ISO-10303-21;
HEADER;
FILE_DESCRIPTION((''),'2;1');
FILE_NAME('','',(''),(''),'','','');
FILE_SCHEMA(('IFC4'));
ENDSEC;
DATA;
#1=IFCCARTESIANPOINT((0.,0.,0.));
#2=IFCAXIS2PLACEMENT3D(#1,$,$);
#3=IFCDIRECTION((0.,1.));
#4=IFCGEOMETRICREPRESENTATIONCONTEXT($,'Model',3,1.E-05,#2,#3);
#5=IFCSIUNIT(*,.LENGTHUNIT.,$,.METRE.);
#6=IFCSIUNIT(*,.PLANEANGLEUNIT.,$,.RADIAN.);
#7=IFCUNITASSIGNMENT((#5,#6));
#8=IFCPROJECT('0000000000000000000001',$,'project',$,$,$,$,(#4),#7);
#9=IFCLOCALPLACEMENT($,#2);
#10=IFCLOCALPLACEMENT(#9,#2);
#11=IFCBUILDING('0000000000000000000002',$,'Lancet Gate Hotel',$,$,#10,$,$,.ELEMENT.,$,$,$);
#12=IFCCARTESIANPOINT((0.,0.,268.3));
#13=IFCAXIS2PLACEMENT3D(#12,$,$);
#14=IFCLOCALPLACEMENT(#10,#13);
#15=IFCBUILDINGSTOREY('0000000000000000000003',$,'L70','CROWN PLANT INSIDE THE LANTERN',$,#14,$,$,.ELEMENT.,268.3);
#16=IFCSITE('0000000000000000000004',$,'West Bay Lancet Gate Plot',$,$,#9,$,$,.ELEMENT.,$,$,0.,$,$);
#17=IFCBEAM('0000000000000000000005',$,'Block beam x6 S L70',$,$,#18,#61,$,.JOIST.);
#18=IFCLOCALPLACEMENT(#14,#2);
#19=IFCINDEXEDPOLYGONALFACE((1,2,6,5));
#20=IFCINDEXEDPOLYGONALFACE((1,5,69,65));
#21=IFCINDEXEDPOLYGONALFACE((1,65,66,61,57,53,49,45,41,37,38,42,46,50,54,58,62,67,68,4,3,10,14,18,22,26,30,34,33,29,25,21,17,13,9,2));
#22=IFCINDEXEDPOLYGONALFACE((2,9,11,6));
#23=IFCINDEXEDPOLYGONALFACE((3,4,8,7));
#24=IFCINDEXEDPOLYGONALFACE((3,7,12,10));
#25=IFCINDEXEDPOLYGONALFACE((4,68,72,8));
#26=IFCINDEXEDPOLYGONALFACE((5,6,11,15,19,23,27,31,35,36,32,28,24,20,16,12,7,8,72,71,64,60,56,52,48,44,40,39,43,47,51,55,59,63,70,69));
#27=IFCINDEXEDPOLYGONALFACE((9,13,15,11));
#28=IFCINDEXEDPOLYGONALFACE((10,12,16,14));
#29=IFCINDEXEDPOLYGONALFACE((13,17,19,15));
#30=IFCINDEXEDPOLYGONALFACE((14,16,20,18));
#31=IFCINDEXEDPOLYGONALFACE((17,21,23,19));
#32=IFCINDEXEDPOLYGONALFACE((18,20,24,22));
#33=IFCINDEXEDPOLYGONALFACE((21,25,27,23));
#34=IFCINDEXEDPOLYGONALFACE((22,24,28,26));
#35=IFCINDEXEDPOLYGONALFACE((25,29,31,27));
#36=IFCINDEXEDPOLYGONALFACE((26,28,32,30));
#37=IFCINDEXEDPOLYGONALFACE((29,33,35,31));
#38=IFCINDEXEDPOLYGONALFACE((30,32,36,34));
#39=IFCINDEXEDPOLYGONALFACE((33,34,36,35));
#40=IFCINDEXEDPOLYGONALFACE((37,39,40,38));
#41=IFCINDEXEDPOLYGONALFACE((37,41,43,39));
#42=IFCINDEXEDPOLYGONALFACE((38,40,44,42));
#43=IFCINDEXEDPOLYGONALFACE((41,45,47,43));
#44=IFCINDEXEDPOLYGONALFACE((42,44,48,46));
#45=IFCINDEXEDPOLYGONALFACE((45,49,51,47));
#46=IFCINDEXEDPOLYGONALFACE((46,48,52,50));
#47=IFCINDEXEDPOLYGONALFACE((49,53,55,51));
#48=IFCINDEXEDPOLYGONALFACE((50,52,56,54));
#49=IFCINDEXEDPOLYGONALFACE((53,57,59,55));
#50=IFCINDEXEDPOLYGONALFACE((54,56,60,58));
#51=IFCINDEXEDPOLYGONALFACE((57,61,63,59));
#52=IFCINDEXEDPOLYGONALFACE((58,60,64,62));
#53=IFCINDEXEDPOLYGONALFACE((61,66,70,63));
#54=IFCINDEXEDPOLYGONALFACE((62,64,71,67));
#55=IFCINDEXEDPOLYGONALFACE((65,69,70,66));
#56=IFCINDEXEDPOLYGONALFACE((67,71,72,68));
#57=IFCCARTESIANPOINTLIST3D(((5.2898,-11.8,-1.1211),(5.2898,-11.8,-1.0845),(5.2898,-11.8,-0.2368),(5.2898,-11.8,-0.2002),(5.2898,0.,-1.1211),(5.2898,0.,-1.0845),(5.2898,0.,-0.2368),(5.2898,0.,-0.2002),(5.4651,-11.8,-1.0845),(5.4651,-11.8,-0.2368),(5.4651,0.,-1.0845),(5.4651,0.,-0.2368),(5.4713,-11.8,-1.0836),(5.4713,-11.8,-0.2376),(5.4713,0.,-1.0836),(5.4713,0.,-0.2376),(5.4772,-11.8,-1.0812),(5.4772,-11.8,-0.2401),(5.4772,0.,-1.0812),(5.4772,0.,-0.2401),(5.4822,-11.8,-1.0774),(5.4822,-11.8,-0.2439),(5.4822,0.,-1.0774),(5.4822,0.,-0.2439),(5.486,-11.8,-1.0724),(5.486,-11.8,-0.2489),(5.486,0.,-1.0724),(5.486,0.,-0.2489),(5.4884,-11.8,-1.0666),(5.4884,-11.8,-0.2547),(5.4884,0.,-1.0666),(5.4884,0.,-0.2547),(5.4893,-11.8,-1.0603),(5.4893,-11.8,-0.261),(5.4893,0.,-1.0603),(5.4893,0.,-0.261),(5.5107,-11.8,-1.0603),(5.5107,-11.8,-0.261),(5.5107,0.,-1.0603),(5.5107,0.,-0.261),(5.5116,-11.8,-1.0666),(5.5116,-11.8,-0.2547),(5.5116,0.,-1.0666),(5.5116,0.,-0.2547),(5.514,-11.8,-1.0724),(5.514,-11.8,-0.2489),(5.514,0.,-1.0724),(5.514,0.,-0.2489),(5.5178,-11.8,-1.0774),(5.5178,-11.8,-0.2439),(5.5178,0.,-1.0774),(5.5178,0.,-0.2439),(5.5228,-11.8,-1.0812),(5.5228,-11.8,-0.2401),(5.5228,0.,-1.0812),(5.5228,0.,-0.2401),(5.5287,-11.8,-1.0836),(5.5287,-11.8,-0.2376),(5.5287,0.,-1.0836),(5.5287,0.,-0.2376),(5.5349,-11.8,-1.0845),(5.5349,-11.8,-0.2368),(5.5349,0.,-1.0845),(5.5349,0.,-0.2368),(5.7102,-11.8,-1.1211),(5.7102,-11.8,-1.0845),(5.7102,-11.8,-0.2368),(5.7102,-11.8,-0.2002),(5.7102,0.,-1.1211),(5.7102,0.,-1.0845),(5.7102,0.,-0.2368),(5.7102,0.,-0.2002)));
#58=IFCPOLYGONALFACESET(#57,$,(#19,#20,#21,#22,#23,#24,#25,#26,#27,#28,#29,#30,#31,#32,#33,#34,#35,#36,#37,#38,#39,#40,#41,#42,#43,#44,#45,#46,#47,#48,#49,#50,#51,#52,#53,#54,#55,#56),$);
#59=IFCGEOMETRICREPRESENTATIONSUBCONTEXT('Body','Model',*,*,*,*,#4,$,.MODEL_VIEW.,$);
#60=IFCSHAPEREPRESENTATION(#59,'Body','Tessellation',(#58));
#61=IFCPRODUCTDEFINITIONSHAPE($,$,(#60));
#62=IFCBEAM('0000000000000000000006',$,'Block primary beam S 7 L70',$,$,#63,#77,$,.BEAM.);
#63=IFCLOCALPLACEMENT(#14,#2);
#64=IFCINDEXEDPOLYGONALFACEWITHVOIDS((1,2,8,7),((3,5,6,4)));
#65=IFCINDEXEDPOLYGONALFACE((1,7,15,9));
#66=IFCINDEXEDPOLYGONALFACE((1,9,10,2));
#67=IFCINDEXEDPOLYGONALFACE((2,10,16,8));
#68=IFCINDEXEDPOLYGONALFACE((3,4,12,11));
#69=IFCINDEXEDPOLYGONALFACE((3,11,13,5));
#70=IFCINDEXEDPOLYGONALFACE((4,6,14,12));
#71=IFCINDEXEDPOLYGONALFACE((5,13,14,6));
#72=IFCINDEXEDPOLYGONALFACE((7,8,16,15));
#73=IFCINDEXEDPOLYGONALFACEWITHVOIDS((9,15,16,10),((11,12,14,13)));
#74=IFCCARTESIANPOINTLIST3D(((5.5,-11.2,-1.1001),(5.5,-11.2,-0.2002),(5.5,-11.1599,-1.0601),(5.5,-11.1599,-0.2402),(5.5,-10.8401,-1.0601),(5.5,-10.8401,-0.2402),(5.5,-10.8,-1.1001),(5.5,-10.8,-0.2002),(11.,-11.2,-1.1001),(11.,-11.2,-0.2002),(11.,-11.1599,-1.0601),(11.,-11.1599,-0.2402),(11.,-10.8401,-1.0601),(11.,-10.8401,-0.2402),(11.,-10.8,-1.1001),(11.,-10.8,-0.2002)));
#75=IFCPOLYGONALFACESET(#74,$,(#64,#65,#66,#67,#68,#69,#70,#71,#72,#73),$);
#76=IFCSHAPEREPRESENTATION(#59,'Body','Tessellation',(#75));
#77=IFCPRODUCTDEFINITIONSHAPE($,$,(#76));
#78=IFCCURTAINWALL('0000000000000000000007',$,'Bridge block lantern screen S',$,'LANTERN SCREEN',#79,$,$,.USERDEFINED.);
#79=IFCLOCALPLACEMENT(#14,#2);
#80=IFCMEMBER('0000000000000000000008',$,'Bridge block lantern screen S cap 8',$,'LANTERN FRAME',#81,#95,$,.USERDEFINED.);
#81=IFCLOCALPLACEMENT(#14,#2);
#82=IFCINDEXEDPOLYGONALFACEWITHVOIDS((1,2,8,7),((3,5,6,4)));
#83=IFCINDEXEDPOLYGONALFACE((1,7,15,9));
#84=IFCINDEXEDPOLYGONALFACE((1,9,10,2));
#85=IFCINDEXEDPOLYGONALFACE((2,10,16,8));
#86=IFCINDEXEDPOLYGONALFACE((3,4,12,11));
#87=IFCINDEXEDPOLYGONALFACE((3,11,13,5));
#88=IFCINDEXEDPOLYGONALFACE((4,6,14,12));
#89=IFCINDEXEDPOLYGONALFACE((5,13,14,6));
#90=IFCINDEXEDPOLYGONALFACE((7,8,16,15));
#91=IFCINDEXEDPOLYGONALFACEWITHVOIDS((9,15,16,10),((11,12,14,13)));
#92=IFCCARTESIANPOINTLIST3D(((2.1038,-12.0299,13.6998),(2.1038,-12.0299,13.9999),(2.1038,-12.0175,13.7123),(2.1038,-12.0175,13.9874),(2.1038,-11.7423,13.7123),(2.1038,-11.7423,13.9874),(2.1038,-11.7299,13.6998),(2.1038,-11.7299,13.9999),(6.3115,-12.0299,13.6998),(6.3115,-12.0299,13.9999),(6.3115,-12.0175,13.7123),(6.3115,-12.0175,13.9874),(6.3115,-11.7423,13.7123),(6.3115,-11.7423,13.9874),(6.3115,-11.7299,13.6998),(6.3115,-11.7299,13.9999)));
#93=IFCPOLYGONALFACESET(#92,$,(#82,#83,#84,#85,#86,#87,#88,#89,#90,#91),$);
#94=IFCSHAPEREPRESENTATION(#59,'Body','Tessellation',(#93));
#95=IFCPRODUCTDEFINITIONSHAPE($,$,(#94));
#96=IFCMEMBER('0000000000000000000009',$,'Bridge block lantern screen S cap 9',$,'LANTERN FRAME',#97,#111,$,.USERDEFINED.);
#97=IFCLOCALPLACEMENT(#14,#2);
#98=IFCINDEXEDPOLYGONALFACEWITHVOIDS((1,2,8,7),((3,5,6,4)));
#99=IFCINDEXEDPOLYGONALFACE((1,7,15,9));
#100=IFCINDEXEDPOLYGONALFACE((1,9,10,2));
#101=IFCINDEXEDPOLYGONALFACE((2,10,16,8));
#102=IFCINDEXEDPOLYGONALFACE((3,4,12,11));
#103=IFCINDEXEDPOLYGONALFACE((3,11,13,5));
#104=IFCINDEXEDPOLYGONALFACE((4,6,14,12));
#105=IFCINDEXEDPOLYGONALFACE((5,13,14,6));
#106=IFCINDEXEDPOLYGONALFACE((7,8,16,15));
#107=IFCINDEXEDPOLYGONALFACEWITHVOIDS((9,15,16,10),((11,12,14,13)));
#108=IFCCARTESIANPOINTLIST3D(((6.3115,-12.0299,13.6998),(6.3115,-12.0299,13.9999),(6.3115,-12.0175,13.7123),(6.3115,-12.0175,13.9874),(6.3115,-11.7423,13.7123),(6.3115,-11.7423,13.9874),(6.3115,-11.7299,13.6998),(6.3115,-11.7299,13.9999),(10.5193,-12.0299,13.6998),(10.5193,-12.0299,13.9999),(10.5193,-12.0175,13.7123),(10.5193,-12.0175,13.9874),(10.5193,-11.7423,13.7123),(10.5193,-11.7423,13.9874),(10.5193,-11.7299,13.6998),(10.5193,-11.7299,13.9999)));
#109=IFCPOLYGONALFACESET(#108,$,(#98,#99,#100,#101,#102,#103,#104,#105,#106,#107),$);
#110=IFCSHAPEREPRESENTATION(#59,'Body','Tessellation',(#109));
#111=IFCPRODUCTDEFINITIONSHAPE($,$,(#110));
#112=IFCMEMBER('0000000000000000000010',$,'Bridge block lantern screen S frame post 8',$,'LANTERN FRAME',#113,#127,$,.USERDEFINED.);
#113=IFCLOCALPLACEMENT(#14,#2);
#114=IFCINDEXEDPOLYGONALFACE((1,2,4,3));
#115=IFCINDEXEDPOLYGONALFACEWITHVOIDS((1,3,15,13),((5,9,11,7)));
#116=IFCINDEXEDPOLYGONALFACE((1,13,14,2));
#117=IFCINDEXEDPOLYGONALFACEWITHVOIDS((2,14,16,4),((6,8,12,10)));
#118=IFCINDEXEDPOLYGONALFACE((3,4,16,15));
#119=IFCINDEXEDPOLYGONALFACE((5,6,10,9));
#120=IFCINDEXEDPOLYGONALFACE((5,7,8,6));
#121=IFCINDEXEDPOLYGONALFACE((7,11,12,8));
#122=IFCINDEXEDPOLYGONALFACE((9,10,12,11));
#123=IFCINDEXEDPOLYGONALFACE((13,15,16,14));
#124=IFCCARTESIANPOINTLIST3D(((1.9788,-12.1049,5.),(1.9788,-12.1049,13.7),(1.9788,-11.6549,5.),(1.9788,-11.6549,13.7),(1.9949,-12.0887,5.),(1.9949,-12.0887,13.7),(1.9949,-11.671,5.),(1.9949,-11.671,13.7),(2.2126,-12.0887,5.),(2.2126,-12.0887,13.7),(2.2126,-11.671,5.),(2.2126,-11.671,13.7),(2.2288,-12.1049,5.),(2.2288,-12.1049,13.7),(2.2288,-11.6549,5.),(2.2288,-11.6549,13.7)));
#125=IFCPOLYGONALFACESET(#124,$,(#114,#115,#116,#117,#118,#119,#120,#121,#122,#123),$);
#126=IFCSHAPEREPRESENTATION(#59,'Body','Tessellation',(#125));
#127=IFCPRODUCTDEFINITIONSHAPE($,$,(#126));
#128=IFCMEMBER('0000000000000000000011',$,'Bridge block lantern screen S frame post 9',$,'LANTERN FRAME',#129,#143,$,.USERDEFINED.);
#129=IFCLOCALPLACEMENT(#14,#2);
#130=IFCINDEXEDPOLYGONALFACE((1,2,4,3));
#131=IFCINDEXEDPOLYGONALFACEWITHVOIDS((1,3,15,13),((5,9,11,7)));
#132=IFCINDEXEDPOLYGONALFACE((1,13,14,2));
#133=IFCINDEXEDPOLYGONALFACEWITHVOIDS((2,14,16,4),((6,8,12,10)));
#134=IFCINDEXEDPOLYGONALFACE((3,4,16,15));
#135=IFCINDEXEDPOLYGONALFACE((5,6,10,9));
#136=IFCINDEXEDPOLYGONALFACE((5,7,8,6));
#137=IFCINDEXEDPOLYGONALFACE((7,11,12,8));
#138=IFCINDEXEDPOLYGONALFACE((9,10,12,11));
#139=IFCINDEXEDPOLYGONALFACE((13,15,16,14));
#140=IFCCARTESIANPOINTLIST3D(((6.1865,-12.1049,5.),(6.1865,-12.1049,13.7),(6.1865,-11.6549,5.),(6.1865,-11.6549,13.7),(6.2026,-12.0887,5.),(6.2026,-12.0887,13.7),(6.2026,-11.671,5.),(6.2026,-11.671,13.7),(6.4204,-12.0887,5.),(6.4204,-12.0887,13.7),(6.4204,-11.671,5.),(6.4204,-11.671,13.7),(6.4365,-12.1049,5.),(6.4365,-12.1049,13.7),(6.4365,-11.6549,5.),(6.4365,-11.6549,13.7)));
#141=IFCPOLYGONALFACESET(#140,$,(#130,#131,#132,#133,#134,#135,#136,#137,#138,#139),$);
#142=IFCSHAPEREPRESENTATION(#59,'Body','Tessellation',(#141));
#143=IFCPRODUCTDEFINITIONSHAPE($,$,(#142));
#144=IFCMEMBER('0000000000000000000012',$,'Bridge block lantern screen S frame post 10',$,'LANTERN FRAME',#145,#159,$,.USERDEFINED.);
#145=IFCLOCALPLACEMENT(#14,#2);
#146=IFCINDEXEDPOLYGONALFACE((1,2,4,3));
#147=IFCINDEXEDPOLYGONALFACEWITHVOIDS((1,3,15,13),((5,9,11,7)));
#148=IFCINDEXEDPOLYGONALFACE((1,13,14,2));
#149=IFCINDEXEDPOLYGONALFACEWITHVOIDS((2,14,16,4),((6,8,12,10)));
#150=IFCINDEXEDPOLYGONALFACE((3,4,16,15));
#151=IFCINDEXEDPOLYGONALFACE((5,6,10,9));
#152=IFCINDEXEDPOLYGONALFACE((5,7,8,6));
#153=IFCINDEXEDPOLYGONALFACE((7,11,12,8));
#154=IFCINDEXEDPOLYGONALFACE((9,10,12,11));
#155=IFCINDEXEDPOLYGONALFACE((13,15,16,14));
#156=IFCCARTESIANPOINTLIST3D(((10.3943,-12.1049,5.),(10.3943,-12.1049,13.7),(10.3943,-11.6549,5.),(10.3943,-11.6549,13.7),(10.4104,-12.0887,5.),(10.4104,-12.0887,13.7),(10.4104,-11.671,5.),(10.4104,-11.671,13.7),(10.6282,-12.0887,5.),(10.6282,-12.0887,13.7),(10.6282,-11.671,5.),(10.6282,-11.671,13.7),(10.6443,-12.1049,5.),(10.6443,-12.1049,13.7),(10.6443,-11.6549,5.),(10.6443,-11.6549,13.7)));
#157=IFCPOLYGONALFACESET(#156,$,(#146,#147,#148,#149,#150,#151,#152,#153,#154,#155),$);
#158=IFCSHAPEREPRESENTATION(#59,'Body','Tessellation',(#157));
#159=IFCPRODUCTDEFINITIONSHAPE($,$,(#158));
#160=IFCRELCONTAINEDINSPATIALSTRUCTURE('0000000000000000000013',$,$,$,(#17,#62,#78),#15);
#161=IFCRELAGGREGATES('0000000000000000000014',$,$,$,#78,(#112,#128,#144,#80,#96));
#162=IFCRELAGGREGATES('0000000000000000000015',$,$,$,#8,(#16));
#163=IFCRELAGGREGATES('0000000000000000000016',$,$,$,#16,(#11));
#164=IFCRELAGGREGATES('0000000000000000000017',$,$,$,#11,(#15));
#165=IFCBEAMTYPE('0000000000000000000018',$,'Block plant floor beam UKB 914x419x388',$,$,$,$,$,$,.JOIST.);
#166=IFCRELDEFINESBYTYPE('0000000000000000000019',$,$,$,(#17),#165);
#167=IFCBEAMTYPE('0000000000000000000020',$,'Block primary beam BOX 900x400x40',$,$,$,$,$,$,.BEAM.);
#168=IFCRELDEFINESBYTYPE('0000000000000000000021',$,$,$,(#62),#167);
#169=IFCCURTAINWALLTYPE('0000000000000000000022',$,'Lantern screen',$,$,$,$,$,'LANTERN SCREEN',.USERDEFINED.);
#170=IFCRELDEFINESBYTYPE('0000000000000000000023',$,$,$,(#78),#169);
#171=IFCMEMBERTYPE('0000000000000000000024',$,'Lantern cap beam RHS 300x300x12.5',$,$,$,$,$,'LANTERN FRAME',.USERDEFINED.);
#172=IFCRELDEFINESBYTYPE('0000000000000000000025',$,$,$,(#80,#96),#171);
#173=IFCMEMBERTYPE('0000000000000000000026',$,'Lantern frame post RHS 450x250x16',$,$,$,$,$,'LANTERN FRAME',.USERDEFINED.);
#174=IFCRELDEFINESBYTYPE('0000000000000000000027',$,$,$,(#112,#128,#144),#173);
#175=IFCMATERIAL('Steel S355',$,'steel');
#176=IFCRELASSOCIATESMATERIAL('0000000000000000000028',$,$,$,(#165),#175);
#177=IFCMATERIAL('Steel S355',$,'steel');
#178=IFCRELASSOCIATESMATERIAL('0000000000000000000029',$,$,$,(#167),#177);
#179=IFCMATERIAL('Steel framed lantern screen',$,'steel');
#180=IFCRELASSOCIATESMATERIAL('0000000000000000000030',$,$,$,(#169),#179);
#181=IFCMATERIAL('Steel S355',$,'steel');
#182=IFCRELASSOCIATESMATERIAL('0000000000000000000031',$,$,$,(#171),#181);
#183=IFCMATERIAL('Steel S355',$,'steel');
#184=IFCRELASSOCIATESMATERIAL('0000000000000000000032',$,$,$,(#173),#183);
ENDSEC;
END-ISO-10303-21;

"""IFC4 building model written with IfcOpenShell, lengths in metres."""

from ifc_helpers import new_model, si_unit, direction, frame, origin, origin_2d, place, context, subcontext, project, spatial, hollow_rectangle, i_section, extrude, material, material_profile, profile_set, type_object, element, aggregate, save


model = new_model("IFC4")

# Units and contexts
model_context = context("Model", 3, precision=1e-05, world=origin(), true_north=direction((0.0, 1.0)))
body_context = subcontext(model_context, "Body", "Model", "MODEL_VIEW")
ifc_project = project(units=[si_unit("LENGTHUNIT", "METRE"), si_unit("PLANEANGLEUNIT", "RADIAN")], contexts=[model_context])

# Site, building, storey
site_placement = place(None, origin())
site = spatial("IfcSite", under=ifc_project, at=site_placement, Name="West Bay Lancet Gate Plot", CompositionType="ELEMENT", RefElevation=0.0)
building_placement = place(site_placement, origin())
building = spatial("IfcBuilding", under=site, at=building_placement, Name="Lancet Gate Hotel", CompositionType="ELEMENT")
storey_placement = place(building_placement, frame((0.0, 0.0, 268.3)))
storey = spatial("IfcBuildingStorey", under=building, at=storey_placement, Name="L70", Description="CROWN PLANT INSIDE THE LANTERN", CompositionType="ELEMENT", Elevation=268.3)

# Beams
ifc_material_1 = material(Name="Steel S355", Category="steel")
ifc_material_profile_1 = material_profile(ifc_material_1, i_section(OverallWidth=0.4204, OverallDepth=0.9209, WebThickness=0.0215, FlangeThickness=0.0366, FilletRadius=0.0242, at=origin_2d()), Name="UKB 914x419x388")
ifc_profile_set_1 = profile_set([ifc_material_profile_1], Name="Steel S355")
beam_type_1 = type_object("IfcBeamType", Name="Block plant floor beam UKB 914x419x388", PredefinedType="JOIST", material=ifc_profile_set_1)
beam_1_placement = place(storey_placement, frame((5.5, -11.8, -0.6606), z_axis=(0.0, 1.0, 0.0), x_axis=(-1.0, 0.0, 0.0)))
element("IfcBeam", 1, at=beam_1_placement, inside=storey, type_object=beam_type_1, Name="Block beam x6 S L70", PredefinedType="JOIST", context=body_context, shape_type="SweptSolid", body=[
    extrude(i_section(OverallWidth=0.4204, OverallDepth=0.9209, WebThickness=0.0215, FlangeThickness=0.0366, FilletRadius=0.0242, at=origin_2d()), origin(), (0.0, 0.0, 1.0), 11.8),
])
ifc_material_2 = material(Name="Steel S355", Category="steel")
ifc_material_profile_2 = material_profile(ifc_material_2, hollow_rectangle(XDim=0.3999, YDim=0.8999, WallThickness=0.04, at=origin_2d()), Name="BOX 900x400x40")
ifc_profile_set_2 = profile_set([ifc_material_profile_2], Name="Steel S355")
beam_type_2 = type_object("IfcBeamType", Name="Block primary beam BOX 900x400x40", PredefinedType="BEAM", material=ifc_profile_set_2)
beam_2_placement = place(storey_placement, frame((5.5, -11.0, -0.6501), z_axis=(1.0, 0.0, 0.0), x_axis=(0.0, 1.0, 0.0)))
element("IfcBeam", 2, at=beam_2_placement, inside=storey, type_object=beam_type_2, Name="Block primary beam S 7 L70", PredefinedType="BEAM", context=body_context, shape_type="SweptSolid", body=[
    extrude(hollow_rectangle(XDim=0.3999, YDim=0.8999, WallThickness=0.04, at=origin_2d()), origin(), (0.0, 0.0, 1.0), 5.5),
])

# Curtain wall, members
ifc_material_3 = material(Name="Steel framed lantern screen", Category="steel")
curtain_wall_type_1 = type_object("IfcCurtainWallType", Name="Lantern screen", ElementType="LANTERN SCREEN", PredefinedType="USERDEFINED", material=ifc_material_3)
curtain_wall_1_placement = place(storey_placement, origin())
curtain_wall_1 = element("IfcCurtainWall", 3, at=curtain_wall_1_placement, inside=storey, type_object=curtain_wall_type_1, Name="Bridge block lantern screen S", ObjectType="LANTERN SCREEN", PredefinedType="USERDEFINED")
ifc_material_4 = material(Name="Steel S355", Category="steel")
ifc_material_profile_3 = material_profile(ifc_material_4, hollow_rectangle(XDim=0.3, YDim=0.3, WallThickness=0.0125, at=origin_2d()), Name="RHS 300x300x12.5")
ifc_profile_set_3 = profile_set([ifc_material_profile_3], Name="Steel S355")
member_type_1 = type_object("IfcMemberType", Name="Lantern cap beam RHS 300x300x12.5", ElementType="LANTERN FRAME", PredefinedType="USERDEFINED", material=ifc_profile_set_3)
member_1_placement = place(storey_placement, frame((2.1038, -11.8799, 13.8499), z_axis=(1.0, 0.0, 0.0), x_axis=(0.0, 1.0, 0.0)))
member_1 = element("IfcMember", 4, at=member_1_placement, type_object=member_type_1, Name="Bridge block lantern screen S cap 8", ObjectType="LANTERN FRAME", PredefinedType="USERDEFINED", context=body_context, shape_type="SweptSolid", body=[
    extrude(hollow_rectangle(XDim=0.3, YDim=0.3, WallThickness=0.0125, at=origin_2d()), origin(), (0.0, 0.0, 1.0), 4.2078),
])
member_2_placement = place(storey_placement, frame((6.3115, -11.8799, 13.8499), z_axis=(1.0, 0.0, 0.0), x_axis=(0.0, 1.0, 0.0)))
member_2 = element("IfcMember", 5, at=member_2_placement, type_object=member_type_1, Name="Bridge block lantern screen S cap 9", ObjectType="LANTERN FRAME", PredefinedType="USERDEFINED", context=body_context, shape_type="SweptSolid", body=[
    extrude(hollow_rectangle(XDim=0.3, YDim=0.3, WallThickness=0.0125, at=origin_2d()), origin(), (0.0, 0.0, 1.0), 4.2078),
])
ifc_material_5 = material(Name="Steel S355", Category="steel")
ifc_material_profile_4 = material_profile(ifc_material_5, hollow_rectangle(XDim=0.25, YDim=0.45, WallThickness=0.0161, at=origin_2d()), Name="RHS 450x250x16")
ifc_profile_set_4 = profile_set([ifc_material_profile_4], Name="Steel S355")
member_type_2 = type_object("IfcMemberType", Name="Lantern frame post RHS 450x250x16", ElementType="LANTERN FRAME", PredefinedType="USERDEFINED", material=ifc_profile_set_4)
member_3_placement = place(storey_placement, frame((2.1038, -11.8799, 5.0), z_axis=(0.0, 0.0, 1.0), x_axis=(1.0, 0.0, 0.0)))
member_3 = element("IfcMember", 6, at=member_3_placement, type_object=member_type_2, Name="Bridge block lantern screen S frame post 8", ObjectType="LANTERN FRAME", PredefinedType="USERDEFINED", context=body_context, shape_type="SweptSolid", body=[
    extrude(hollow_rectangle(XDim=0.25, YDim=0.45, WallThickness=0.0161, at=origin_2d()), origin(), (0.0, 0.0, 1.0), 8.7),
])
member_4_placement = place(storey_placement, frame((6.3115, -11.8799, 5.0), z_axis=(0.0, 0.0, 1.0), x_axis=(1.0, 0.0, 0.0)))
member_4 = element("IfcMember", 7, at=member_4_placement, type_object=member_type_2, Name="Bridge block lantern screen S frame post 9", ObjectType="LANTERN FRAME", PredefinedType="USERDEFINED", context=body_context, shape_type="SweptSolid", body=[
    extrude(hollow_rectangle(XDim=0.25, YDim=0.45, WallThickness=0.0161, at=origin_2d()), origin(), (0.0, 0.0, 1.0), 8.7),
])
member_5_placement = place(storey_placement, frame((10.5193, -11.8799, 5.0), z_axis=(0.0, 0.0, 1.0), x_axis=(1.0, 0.0, 0.0)))
member_5 = element("IfcMember", 8, at=member_5_placement, type_object=member_type_2, Name="Bridge block lantern screen S frame post 10", ObjectType="LANTERN FRAME", PredefinedType="USERDEFINED", context=body_context, shape_type="SweptSolid", body=[
    extrude(hollow_rectangle(XDim=0.25, YDim=0.45, WallThickness=0.0161, at=origin_2d()), origin(), (0.0, 0.0, 1.0), 8.7),
])

aggregate(curtain_wall_1, [member_3, member_4, member_5, member_1, member_2])

save(model, "model.ifc")
